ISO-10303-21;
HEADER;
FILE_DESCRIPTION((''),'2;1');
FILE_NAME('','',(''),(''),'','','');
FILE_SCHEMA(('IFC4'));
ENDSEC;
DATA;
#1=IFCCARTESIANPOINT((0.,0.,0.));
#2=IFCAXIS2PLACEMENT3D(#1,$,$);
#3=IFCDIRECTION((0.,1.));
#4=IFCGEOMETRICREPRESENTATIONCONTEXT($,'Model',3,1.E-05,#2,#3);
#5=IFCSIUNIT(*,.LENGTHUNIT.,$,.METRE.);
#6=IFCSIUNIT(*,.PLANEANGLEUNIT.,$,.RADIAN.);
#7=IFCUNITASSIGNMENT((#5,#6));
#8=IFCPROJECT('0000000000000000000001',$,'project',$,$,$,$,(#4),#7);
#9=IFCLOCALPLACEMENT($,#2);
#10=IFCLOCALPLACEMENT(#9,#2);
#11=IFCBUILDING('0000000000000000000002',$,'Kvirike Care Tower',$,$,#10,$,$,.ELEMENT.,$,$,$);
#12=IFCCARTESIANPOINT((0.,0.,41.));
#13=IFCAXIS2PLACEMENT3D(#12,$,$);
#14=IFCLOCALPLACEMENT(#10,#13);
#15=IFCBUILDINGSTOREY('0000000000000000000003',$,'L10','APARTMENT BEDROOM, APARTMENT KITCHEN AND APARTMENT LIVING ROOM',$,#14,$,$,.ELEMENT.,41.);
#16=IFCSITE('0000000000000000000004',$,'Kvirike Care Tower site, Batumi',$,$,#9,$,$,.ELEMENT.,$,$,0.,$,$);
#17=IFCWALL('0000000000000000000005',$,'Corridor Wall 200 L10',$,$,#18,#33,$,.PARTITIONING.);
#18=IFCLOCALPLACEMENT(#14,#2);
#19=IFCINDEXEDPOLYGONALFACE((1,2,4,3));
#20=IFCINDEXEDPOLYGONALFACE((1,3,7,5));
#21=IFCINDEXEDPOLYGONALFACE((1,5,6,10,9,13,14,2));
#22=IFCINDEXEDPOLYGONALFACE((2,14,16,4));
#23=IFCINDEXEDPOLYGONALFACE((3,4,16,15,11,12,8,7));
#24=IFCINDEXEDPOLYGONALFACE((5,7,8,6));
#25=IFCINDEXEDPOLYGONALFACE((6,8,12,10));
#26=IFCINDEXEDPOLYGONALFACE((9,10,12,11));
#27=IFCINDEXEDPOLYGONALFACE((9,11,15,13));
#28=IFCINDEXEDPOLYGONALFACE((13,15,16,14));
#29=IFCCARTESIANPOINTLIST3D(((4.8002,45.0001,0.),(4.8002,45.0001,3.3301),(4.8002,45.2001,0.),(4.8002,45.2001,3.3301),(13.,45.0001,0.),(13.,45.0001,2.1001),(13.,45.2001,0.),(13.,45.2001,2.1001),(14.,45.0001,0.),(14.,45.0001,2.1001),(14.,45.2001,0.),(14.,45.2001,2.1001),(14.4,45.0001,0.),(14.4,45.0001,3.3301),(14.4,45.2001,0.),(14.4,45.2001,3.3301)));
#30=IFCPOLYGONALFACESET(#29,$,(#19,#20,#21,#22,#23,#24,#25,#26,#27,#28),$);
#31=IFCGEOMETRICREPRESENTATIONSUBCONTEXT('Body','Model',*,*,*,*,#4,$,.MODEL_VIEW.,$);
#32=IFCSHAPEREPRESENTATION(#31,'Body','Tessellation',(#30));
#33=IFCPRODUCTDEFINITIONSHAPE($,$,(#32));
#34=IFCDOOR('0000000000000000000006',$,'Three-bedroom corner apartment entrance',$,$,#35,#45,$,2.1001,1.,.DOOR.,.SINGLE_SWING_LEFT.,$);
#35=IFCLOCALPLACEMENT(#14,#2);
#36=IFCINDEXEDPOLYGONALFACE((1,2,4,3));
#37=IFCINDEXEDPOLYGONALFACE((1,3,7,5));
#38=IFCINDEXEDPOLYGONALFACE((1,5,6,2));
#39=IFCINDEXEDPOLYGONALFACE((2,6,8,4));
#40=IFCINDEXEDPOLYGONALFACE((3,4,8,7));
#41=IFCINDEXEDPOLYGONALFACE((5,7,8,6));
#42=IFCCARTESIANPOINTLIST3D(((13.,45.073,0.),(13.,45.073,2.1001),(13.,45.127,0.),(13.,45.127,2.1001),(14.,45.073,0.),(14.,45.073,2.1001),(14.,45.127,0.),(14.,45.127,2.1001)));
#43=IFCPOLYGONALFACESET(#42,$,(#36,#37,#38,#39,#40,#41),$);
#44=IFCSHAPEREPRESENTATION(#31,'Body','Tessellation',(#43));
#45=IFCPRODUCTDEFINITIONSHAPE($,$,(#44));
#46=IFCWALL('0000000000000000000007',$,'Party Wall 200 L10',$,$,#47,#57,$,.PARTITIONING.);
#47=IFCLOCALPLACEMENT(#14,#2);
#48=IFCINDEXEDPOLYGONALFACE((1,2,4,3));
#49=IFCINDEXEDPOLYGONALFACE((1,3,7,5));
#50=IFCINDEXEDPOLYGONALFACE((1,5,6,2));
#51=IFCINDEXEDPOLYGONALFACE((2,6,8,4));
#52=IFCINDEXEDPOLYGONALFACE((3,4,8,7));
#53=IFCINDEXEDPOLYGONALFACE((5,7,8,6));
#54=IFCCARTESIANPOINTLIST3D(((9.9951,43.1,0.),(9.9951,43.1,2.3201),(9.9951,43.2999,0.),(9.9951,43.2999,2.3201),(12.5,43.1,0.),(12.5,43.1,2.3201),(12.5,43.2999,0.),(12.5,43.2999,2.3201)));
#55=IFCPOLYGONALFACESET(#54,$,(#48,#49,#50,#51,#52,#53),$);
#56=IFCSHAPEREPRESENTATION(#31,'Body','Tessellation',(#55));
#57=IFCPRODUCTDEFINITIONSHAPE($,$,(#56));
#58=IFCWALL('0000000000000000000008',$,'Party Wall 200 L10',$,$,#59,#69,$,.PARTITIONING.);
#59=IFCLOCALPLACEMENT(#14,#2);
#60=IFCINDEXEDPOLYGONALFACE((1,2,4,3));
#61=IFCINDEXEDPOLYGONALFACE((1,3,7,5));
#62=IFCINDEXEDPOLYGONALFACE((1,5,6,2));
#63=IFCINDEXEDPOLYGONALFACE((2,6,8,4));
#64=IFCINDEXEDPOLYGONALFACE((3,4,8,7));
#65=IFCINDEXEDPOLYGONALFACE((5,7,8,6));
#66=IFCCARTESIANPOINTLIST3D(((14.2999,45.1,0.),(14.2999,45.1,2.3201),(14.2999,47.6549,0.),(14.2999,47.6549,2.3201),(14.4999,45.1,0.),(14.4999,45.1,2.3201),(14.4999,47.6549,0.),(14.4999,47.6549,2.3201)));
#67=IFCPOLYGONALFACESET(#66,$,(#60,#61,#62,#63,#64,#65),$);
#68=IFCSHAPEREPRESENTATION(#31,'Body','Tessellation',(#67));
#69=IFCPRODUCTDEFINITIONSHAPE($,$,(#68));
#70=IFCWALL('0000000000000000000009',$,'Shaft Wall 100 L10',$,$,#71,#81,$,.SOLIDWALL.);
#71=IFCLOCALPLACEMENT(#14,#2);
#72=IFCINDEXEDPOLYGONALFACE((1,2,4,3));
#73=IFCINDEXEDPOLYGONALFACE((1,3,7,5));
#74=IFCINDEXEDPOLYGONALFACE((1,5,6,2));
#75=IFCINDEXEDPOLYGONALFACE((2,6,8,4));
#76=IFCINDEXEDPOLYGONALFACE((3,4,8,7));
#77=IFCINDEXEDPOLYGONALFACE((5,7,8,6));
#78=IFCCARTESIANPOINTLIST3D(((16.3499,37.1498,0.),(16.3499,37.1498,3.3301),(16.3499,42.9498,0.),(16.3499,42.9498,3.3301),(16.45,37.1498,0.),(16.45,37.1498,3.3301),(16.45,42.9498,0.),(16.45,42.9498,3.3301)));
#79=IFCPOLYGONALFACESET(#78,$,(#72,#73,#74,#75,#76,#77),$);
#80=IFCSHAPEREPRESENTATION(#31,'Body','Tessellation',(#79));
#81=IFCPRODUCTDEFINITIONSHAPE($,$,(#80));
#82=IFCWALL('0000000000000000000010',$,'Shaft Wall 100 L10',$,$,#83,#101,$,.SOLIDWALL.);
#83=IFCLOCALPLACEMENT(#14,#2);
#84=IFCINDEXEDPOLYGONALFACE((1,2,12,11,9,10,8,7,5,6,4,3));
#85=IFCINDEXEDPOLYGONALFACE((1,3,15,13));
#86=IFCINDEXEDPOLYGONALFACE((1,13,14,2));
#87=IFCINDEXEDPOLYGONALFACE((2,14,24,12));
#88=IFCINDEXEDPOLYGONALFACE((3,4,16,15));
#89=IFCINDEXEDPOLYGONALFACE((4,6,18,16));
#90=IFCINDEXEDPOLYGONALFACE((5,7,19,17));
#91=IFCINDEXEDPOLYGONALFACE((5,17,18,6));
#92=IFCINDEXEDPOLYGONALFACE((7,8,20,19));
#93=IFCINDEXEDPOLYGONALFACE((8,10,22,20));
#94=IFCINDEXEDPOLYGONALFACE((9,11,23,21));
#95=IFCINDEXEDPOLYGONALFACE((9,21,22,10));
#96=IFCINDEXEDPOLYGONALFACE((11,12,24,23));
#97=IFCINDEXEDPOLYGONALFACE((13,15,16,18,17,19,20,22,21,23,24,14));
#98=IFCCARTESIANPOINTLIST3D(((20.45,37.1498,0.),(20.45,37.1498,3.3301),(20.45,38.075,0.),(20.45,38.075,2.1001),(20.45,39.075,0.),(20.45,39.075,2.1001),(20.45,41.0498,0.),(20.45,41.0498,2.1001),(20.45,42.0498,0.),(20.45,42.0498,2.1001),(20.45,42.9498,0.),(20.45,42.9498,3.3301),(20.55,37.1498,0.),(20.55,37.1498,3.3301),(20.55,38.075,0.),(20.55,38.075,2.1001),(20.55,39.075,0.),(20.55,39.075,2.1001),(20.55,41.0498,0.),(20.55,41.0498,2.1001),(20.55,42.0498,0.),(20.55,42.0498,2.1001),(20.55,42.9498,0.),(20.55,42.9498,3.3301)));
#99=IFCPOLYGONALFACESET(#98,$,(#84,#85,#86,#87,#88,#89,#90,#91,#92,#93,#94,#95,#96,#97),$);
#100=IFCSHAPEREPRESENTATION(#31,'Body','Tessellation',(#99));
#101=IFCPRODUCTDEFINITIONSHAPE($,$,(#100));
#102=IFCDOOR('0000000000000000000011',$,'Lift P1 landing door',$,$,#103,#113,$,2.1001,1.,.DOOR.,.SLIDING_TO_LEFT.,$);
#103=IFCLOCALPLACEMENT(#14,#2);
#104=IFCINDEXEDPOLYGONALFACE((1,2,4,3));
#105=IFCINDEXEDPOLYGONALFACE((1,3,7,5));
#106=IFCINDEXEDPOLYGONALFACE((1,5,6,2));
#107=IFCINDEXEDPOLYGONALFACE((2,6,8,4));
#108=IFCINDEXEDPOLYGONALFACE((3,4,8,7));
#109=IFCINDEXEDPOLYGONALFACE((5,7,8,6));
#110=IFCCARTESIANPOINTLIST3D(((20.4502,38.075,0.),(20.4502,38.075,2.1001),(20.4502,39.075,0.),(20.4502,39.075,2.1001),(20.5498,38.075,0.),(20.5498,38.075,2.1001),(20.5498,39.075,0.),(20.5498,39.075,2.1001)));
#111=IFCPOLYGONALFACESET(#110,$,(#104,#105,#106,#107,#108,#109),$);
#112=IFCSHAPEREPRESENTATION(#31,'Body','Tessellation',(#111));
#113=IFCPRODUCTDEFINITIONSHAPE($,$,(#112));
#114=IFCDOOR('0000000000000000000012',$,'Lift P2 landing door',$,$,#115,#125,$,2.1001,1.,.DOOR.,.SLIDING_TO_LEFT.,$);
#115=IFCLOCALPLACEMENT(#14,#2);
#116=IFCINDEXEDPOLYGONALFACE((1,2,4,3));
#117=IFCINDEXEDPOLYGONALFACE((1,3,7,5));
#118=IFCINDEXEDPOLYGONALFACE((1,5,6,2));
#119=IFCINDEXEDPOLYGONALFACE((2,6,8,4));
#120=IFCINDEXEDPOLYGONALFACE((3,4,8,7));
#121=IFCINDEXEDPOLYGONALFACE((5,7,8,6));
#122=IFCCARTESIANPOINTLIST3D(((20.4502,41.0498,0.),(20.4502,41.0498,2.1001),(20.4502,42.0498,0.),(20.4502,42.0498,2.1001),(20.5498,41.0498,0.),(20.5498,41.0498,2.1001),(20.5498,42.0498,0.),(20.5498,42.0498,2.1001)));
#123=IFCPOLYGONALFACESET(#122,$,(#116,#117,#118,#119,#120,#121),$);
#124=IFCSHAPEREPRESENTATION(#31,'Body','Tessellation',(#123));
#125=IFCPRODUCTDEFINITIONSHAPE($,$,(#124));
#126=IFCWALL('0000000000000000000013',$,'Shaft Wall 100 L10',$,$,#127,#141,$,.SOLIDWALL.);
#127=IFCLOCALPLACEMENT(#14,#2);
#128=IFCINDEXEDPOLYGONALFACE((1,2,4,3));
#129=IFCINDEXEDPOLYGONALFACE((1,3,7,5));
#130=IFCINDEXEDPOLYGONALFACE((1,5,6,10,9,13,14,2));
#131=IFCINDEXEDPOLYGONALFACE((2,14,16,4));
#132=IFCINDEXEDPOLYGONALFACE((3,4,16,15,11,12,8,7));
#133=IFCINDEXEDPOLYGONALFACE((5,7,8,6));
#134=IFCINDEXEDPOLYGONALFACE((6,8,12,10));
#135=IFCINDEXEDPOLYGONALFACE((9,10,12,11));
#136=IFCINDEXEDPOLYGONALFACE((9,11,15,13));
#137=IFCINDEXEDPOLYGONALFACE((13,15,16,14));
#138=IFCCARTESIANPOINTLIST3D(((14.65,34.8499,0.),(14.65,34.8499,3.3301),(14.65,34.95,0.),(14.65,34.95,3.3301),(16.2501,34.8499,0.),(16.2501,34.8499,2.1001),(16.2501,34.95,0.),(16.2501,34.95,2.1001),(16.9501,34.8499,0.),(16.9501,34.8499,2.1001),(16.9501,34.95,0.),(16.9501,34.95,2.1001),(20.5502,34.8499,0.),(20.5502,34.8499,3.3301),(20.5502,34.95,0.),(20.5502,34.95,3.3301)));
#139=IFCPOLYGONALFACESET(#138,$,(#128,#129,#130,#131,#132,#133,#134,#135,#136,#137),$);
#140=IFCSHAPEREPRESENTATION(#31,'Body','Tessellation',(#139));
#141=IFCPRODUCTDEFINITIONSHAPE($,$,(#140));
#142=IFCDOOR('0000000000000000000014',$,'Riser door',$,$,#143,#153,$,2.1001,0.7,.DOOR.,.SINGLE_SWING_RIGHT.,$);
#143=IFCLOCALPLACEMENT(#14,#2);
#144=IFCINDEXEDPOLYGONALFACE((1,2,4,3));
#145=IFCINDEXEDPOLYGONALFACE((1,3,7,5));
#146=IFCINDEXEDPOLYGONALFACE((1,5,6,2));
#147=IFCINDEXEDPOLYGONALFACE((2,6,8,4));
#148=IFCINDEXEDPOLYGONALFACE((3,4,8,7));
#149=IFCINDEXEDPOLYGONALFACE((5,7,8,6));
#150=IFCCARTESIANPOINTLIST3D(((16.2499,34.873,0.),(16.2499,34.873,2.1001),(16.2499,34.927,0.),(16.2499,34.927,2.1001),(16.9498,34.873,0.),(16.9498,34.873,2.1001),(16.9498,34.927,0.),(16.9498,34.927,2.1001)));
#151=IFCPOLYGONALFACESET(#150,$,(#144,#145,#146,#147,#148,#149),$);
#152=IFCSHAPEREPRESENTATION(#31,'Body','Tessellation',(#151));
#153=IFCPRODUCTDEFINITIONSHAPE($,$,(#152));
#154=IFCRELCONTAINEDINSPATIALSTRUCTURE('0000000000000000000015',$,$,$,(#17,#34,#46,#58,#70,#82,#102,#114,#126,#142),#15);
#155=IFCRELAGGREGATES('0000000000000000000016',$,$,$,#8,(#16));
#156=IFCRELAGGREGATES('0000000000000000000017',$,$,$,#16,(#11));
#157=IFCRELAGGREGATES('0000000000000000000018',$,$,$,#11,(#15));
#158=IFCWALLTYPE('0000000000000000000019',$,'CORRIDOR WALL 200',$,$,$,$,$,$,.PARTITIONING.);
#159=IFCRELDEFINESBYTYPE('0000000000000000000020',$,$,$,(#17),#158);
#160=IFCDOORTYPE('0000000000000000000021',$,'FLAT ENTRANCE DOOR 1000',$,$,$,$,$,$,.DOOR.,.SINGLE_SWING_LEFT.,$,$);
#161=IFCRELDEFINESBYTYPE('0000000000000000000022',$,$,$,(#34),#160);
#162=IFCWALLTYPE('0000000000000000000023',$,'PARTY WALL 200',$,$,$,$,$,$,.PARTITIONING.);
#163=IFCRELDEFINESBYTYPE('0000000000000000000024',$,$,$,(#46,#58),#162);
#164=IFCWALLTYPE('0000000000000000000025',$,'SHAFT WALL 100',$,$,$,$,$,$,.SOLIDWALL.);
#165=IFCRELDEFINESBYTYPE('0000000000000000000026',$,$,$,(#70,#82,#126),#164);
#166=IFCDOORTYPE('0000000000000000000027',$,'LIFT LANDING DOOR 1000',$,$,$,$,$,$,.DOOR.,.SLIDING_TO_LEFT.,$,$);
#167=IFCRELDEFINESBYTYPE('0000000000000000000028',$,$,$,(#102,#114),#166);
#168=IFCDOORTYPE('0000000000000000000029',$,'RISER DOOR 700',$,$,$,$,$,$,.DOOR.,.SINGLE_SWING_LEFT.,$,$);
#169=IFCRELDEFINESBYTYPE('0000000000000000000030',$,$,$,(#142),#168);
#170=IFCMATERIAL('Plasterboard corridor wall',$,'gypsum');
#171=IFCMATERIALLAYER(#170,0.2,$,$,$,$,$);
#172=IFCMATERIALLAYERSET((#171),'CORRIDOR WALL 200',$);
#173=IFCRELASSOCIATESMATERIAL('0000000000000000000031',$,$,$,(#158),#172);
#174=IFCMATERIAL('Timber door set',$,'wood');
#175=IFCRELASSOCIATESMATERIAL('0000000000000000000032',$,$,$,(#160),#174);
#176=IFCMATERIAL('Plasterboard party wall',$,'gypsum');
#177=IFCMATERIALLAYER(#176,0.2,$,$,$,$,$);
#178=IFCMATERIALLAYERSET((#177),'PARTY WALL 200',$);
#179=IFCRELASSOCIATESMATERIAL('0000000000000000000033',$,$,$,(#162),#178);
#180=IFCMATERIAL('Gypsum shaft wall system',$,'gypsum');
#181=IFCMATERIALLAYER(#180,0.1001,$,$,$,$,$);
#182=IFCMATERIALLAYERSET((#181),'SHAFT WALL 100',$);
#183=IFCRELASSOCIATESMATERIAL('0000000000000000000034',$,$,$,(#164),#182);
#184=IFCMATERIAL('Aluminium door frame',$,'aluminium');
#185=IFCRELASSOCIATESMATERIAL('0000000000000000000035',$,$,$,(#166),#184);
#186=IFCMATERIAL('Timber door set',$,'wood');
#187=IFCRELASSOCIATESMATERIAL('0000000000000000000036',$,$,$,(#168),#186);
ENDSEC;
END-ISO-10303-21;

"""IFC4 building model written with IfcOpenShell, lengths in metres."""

from ifc_helpers import new_model, si_unit, direction, frame, frame_2d, origin, place, context, subcontext, project, spatial, rectangle, extrude, material, layer, layer_set, type_object, element, fill, save


model = new_model("IFC4")

# Units and contexts
model_context = context("Model", 3, precision=1e-05, world=origin(), true_north=direction((0.0, 1.0)))
body_context = subcontext(model_context, "Body", "Model", "MODEL_VIEW")
ifc_project = project(units=[si_unit("LENGTHUNIT", "METRE"), si_unit("PLANEANGLEUNIT", "RADIAN")], contexts=[model_context])

# Site, building, storey
site_placement = place(None, origin())
site = spatial("IfcSite", under=ifc_project, at=site_placement, Name="Kvirike Care Tower site, Batumi", CompositionType="ELEMENT", RefElevation=0.0)
building_placement = place(site_placement, origin())
building = spatial("IfcBuilding", under=site, at=building_placement, Name="Kvirike Care Tower", CompositionType="ELEMENT")
storey_placement = place(building_placement, frame((0.0, 0.0, 41.0)))
storey = spatial("IfcBuildingStorey", under=building, at=storey_placement, Name="L10", Description="APARTMENT BEDROOM, APARTMENT KITCHEN AND APARTMENT LIVING ROOM", CompositionType="ELEMENT", Elevation=41.0)

# Shared definitions
ifc_material_1 = material(Name="Plasterboard corridor wall", Category="gypsum")
ifc_layer_1 = layer(ifc_material_1, 0.2)
ifc_layer_set_1 = layer_set([ifc_layer_1], Name="CORRIDOR WALL 200")
wall_type_1 = type_object("IfcWallType", Name="CORRIDOR WALL 200", PredefinedType="PARTITIONING", material=ifc_layer_set_1)
ifc_material_2 = material(Name="Timber door set", Category="wood")
door_type_1 = type_object("IfcDoorType", Name="FLAT ENTRANCE DOOR 1000", OperationType="SINGLE_SWING_LEFT", PredefinedType="DOOR", material=ifc_material_2)

# Wall, opening, door
wall_1_placement = place(storey_placement, frame((14.3999, 45.1001, 0.0), z_axis=(0.0, 0.0, 1.0), x_axis=(-1.0, 0.0, 0.0)))
wall_1 = element("IfcWall", 1, at=wall_1_placement, inside=storey, type_object=wall_type_1, Name="Corridor Wall 200 L10", PredefinedType="PARTITIONING", context=body_context, shape_type="SweptSolid", body=[
    extrude(rectangle(XDim=9.5999, YDim=0.2, at=frame_2d((4.7998, 0.0))), origin(), (0.0, 0.0, 1.0), 3.3301),
])
opening_1_placement = place(wall_1_placement, frame((0.3999, 0.0, 0.0)))
opening_1 = element("IfcOpeningElement", 2, at=opening_1_placement, cuts=wall_1, PredefinedType="OPENING", context=body_context, shape_type="SweptSolid", body=[
    extrude(rectangle(XDim=1.0, YDim=2.1001, at=frame_2d((0.5, 1.05))), frame((0.0, 0.1106, 0.0), z_axis=(0.0, -1.0, 0.0), x_axis=(1.0, 0.0, 0.0)), (0.0, 0.0, 1.0), 0.2209),
])
door_1_placement = place(opening_1_placement, frame((1.0, 0.0, 0.0), z_axis=(0.0, 0.0, 1.0), x_axis=(-1.0, 0.0, 0.0)))
door_1 = element("IfcDoor", 3, at=door_1_placement, inside=storey, type_object=door_type_1, Name="Three-bedroom corner apartment entrance", OperationType="SINGLE_SWING_LEFT", OverallHeight=2.1001, OverallWidth=1.0, PredefinedType="DOOR", context=body_context, shape_type="SweptSolid", body=[
    extrude(rectangle(XDim=1.0, YDim=2.1001, at=frame_2d((0.5, 1.05))), frame((0.0, 0.0269, 0.0), z_axis=(0.0, -1.0, 0.0), x_axis=(1.0, 0.0, 0.0)), (0.0, 0.0, 1.0), 0.054),
])
fill(opening_1, door_1)

# Walls
ifc_material_3 = material(Name="Plasterboard party wall", Category="gypsum")
ifc_layer_2 = layer(ifc_material_3, 0.2)
ifc_layer_set_2 = layer_set([ifc_layer_2], Name="PARTY WALL 200")
wall_type_2 = type_object("IfcWallType", Name="PARTY WALL 200", PredefinedType="PARTITIONING", material=ifc_layer_set_2)
wall_2_placement = place(storey_placement, frame((12.5, 43.2, 0.0), z_axis=(0.0, 0.0, 1.0), x_axis=(-1.0, 0.0, 0.0)))
element("IfcWall", 4, at=wall_2_placement, inside=storey, type_object=wall_type_2, Name="Party Wall 200 L10", PredefinedType="PARTITIONING", context=body_context, shape_type="SweptSolid", body=[
    extrude(rectangle(XDim=2.5049, YDim=0.2, at=frame_2d((1.2524, 0.0))), origin(), (0.0, 0.0, 1.0), 2.3201),
])
wall_3_placement = place(storey_placement, frame((14.3999, 45.1001, 0.0), z_axis=(0.0, 0.0, 1.0), x_axis=(0.0, 1.0, 0.0)))
element("IfcWall", 5, at=wall_3_placement, inside=storey, type_object=wall_type_2, Name="Party Wall 200 L10", PredefinedType="PARTITIONING", context=body_context, shape_type="SweptSolid", body=[
    extrude(rectangle(XDim=2.5549, YDim=0.2, at=frame_2d((1.2773, 0.0))), origin(), (0.0, 0.0, 1.0), 2.3201),
])
ifc_material_4 = material(Name="Gypsum shaft wall system", Category="gypsum")
ifc_layer_3 = layer(ifc_material_4, 0.1001)
ifc_layer_set_3 = layer_set([ifc_layer_3], Name="SHAFT WALL 100")
wall_type_3 = type_object("IfcWallType", Name="SHAFT WALL 100", PredefinedType="SOLIDWALL", material=ifc_layer_set_3)
wall_4_placement = place(storey_placement, frame((16.3999, 37.1499, 0.0), z_axis=(0.0, 0.0, 1.0), x_axis=(0.0, 1.0, 0.0)))
element("IfcWall", 6, at=wall_4_placement, inside=storey, type_object=wall_type_3, Name="Shaft Wall 100 L10", PredefinedType="SOLIDWALL", context=body_context, shape_type="SweptSolid", body=[
    extrude(rectangle(XDim=5.8, YDim=0.1001, at=frame_2d((2.8999, 0.0))), origin(), (0.0, 0.0, 1.0), 3.3301),
])

# Wall, openings, doors
wall_5_placement = place(storey_placement, frame((20.5, 37.1499, 0.0), z_axis=(0.0, 0.0, 1.0), x_axis=(0.0, 1.0, 0.0)))
wall_5 = element("IfcWall", 7, at=wall_5_placement, inside=storey, type_object=wall_type_3, Name="Shaft Wall 100 L10", PredefinedType="SOLIDWALL", context=body_context, shape_type="SweptSolid", body=[
    extrude(rectangle(XDim=5.8, YDim=0.1001, at=frame_2d((2.8999, 0.0))), origin(), (0.0, 0.0, 1.0), 3.3301),
])
opening_2_placement = place(wall_5_placement, frame((0.925, 0.0, 0.0)))
opening_2 = element("IfcOpeningElement", 8, at=opening_2_placement, cuts=wall_5, PredefinedType="OPENING", context=body_context, shape_type="SweptSolid", body=[
    extrude(rectangle(XDim=1.0, YDim=2.1001, at=frame_2d((0.5, 1.05))), frame((0.0, 0.0605, 0.0), z_axis=(0.0, -1.0, 0.0), x_axis=(1.0, 0.0, 0.0)), (0.0, 0.0, 1.0), 0.1211),
])
opening_3_placement = place(wall_5_placement, frame((3.8999, 0.0, 0.0)))
opening_3 = element("IfcOpeningElement", 9, at=opening_3_placement, cuts=wall_5, PredefinedType="OPENING", context=body_context, shape_type="SweptSolid", body=[
    extrude(rectangle(XDim=1.0, YDim=2.1001, at=frame_2d((0.5, 1.05))), frame((0.0, 0.0605, 0.0), z_axis=(0.0, -1.0, 0.0), x_axis=(1.0, 0.0, 0.0)), (0.0, 0.0, 1.0), 0.1211),
])
ifc_material_5 = material(Name="Aluminium door frame", Category="aluminium")
door_type_2 = type_object("IfcDoorType", Name="LIFT LANDING DOOR 1000", OperationType="SLIDING_TO_LEFT", PredefinedType="DOOR", material=ifc_material_5)
door_2_placement = place(opening_2_placement, origin())
door_2 = element("IfcDoor", 10, at=door_2_placement, inside=storey, type_object=door_type_2, Name="Lift P1 landing door", OperationType="SLIDING_TO_LEFT", OverallHeight=2.1001, OverallWidth=1.0, PredefinedType="DOOR", context=body_context, shape_type="SweptSolid", body=[
    extrude(rectangle(XDim=1.0, YDim=2.1001, at=frame_2d((0.5, 1.05))), frame((0.0, 0.0498, 0.0), z_axis=(0.0, -1.0, 0.0), x_axis=(1.0, 0.0, 0.0)), (0.0, 0.0, 1.0), 0.0996),
])
fill(opening_2, door_2)
door_3_placement = place(opening_3_placement, origin())
door_3 = element("IfcDoor", 11, at=door_3_placement, inside=storey, type_object=door_type_2, Name="Lift P2 landing door", OperationType="SLIDING_TO_LEFT", OverallHeight=2.1001, OverallWidth=1.0, PredefinedType="DOOR", context=body_context, shape_type="SweptSolid", body=[
    extrude(rectangle(XDim=1.0, YDim=2.1001, at=frame_2d((0.5, 1.05))), frame((0.0, 0.0498, 0.0), z_axis=(0.0, -1.0, 0.0), x_axis=(1.0, 0.0, 0.0)), (0.0, 0.0, 1.0), 0.0996),
])
fill(opening_3, door_3)

# Wall, opening, door
wall_6_placement = place(storey_placement, frame((14.6499, 34.8999, 0.0), z_axis=(0.0, 0.0, 1.0), x_axis=(1.0, 0.0, 0.0)))
wall_6 = element("IfcWall", 12, at=wall_6_placement, inside=storey, type_object=wall_type_3, Name="Shaft Wall 100 L10", PredefinedType="SOLIDWALL", context=body_context, shape_type="SweptSolid", body=[
    extrude(rectangle(XDim=5.9001, YDim=0.1001, at=frame_2d((2.9502, 0.0))), origin(), (0.0, 0.0, 1.0), 3.3301),
])
opening_4_placement = place(wall_6_placement, frame((1.6001, 0.0, 0.0)))
opening_4 = element("IfcOpeningElement", 13, at=opening_4_placement, cuts=wall_6, PredefinedType="OPENING", context=body_context, shape_type="SweptSolid", body=[
    extrude(rectangle(XDim=0.7, YDim=2.1001, at=frame_2d((0.3501, 1.05))), frame((0.0, 0.0605, 0.0), z_axis=(0.0, -1.0, 0.0), x_axis=(1.0, 0.0, 0.0)), (0.0, 0.0, 1.0), 0.1211),
])
ifc_material_6 = material(Name="Timber door set", Category="wood")
door_type_3 = type_object("IfcDoorType", Name="RISER DOOR 700", OperationType="SINGLE_SWING_LEFT", PredefinedType="DOOR", material=ifc_material_6)
door_4_placement = place(opening_4_placement, frame((0.7, 0.0, 0.0), z_axis=(0.0, 0.0, 1.0), x_axis=(-1.0, 0.0, 0.0)))
door_4 = element("IfcDoor", 14, at=door_4_placement, inside=storey, type_object=door_type_3, Name="Riser door", OperationType="SINGLE_SWING_RIGHT", OverallHeight=2.1001, OverallWidth=0.7, PredefinedType="DOOR", context=body_context, shape_type="SweptSolid", body=[
    extrude(rectangle(XDim=0.7, YDim=2.1001, at=frame_2d((0.3501, 1.05))), frame((0.0, 0.0269, 0.0), z_axis=(0.0, -1.0, 0.0), x_axis=(1.0, 0.0, 0.0)), (0.0, 0.0, 1.0), 0.054),
])
fill(opening_4, door_4)

save(model, "model.ifc")
